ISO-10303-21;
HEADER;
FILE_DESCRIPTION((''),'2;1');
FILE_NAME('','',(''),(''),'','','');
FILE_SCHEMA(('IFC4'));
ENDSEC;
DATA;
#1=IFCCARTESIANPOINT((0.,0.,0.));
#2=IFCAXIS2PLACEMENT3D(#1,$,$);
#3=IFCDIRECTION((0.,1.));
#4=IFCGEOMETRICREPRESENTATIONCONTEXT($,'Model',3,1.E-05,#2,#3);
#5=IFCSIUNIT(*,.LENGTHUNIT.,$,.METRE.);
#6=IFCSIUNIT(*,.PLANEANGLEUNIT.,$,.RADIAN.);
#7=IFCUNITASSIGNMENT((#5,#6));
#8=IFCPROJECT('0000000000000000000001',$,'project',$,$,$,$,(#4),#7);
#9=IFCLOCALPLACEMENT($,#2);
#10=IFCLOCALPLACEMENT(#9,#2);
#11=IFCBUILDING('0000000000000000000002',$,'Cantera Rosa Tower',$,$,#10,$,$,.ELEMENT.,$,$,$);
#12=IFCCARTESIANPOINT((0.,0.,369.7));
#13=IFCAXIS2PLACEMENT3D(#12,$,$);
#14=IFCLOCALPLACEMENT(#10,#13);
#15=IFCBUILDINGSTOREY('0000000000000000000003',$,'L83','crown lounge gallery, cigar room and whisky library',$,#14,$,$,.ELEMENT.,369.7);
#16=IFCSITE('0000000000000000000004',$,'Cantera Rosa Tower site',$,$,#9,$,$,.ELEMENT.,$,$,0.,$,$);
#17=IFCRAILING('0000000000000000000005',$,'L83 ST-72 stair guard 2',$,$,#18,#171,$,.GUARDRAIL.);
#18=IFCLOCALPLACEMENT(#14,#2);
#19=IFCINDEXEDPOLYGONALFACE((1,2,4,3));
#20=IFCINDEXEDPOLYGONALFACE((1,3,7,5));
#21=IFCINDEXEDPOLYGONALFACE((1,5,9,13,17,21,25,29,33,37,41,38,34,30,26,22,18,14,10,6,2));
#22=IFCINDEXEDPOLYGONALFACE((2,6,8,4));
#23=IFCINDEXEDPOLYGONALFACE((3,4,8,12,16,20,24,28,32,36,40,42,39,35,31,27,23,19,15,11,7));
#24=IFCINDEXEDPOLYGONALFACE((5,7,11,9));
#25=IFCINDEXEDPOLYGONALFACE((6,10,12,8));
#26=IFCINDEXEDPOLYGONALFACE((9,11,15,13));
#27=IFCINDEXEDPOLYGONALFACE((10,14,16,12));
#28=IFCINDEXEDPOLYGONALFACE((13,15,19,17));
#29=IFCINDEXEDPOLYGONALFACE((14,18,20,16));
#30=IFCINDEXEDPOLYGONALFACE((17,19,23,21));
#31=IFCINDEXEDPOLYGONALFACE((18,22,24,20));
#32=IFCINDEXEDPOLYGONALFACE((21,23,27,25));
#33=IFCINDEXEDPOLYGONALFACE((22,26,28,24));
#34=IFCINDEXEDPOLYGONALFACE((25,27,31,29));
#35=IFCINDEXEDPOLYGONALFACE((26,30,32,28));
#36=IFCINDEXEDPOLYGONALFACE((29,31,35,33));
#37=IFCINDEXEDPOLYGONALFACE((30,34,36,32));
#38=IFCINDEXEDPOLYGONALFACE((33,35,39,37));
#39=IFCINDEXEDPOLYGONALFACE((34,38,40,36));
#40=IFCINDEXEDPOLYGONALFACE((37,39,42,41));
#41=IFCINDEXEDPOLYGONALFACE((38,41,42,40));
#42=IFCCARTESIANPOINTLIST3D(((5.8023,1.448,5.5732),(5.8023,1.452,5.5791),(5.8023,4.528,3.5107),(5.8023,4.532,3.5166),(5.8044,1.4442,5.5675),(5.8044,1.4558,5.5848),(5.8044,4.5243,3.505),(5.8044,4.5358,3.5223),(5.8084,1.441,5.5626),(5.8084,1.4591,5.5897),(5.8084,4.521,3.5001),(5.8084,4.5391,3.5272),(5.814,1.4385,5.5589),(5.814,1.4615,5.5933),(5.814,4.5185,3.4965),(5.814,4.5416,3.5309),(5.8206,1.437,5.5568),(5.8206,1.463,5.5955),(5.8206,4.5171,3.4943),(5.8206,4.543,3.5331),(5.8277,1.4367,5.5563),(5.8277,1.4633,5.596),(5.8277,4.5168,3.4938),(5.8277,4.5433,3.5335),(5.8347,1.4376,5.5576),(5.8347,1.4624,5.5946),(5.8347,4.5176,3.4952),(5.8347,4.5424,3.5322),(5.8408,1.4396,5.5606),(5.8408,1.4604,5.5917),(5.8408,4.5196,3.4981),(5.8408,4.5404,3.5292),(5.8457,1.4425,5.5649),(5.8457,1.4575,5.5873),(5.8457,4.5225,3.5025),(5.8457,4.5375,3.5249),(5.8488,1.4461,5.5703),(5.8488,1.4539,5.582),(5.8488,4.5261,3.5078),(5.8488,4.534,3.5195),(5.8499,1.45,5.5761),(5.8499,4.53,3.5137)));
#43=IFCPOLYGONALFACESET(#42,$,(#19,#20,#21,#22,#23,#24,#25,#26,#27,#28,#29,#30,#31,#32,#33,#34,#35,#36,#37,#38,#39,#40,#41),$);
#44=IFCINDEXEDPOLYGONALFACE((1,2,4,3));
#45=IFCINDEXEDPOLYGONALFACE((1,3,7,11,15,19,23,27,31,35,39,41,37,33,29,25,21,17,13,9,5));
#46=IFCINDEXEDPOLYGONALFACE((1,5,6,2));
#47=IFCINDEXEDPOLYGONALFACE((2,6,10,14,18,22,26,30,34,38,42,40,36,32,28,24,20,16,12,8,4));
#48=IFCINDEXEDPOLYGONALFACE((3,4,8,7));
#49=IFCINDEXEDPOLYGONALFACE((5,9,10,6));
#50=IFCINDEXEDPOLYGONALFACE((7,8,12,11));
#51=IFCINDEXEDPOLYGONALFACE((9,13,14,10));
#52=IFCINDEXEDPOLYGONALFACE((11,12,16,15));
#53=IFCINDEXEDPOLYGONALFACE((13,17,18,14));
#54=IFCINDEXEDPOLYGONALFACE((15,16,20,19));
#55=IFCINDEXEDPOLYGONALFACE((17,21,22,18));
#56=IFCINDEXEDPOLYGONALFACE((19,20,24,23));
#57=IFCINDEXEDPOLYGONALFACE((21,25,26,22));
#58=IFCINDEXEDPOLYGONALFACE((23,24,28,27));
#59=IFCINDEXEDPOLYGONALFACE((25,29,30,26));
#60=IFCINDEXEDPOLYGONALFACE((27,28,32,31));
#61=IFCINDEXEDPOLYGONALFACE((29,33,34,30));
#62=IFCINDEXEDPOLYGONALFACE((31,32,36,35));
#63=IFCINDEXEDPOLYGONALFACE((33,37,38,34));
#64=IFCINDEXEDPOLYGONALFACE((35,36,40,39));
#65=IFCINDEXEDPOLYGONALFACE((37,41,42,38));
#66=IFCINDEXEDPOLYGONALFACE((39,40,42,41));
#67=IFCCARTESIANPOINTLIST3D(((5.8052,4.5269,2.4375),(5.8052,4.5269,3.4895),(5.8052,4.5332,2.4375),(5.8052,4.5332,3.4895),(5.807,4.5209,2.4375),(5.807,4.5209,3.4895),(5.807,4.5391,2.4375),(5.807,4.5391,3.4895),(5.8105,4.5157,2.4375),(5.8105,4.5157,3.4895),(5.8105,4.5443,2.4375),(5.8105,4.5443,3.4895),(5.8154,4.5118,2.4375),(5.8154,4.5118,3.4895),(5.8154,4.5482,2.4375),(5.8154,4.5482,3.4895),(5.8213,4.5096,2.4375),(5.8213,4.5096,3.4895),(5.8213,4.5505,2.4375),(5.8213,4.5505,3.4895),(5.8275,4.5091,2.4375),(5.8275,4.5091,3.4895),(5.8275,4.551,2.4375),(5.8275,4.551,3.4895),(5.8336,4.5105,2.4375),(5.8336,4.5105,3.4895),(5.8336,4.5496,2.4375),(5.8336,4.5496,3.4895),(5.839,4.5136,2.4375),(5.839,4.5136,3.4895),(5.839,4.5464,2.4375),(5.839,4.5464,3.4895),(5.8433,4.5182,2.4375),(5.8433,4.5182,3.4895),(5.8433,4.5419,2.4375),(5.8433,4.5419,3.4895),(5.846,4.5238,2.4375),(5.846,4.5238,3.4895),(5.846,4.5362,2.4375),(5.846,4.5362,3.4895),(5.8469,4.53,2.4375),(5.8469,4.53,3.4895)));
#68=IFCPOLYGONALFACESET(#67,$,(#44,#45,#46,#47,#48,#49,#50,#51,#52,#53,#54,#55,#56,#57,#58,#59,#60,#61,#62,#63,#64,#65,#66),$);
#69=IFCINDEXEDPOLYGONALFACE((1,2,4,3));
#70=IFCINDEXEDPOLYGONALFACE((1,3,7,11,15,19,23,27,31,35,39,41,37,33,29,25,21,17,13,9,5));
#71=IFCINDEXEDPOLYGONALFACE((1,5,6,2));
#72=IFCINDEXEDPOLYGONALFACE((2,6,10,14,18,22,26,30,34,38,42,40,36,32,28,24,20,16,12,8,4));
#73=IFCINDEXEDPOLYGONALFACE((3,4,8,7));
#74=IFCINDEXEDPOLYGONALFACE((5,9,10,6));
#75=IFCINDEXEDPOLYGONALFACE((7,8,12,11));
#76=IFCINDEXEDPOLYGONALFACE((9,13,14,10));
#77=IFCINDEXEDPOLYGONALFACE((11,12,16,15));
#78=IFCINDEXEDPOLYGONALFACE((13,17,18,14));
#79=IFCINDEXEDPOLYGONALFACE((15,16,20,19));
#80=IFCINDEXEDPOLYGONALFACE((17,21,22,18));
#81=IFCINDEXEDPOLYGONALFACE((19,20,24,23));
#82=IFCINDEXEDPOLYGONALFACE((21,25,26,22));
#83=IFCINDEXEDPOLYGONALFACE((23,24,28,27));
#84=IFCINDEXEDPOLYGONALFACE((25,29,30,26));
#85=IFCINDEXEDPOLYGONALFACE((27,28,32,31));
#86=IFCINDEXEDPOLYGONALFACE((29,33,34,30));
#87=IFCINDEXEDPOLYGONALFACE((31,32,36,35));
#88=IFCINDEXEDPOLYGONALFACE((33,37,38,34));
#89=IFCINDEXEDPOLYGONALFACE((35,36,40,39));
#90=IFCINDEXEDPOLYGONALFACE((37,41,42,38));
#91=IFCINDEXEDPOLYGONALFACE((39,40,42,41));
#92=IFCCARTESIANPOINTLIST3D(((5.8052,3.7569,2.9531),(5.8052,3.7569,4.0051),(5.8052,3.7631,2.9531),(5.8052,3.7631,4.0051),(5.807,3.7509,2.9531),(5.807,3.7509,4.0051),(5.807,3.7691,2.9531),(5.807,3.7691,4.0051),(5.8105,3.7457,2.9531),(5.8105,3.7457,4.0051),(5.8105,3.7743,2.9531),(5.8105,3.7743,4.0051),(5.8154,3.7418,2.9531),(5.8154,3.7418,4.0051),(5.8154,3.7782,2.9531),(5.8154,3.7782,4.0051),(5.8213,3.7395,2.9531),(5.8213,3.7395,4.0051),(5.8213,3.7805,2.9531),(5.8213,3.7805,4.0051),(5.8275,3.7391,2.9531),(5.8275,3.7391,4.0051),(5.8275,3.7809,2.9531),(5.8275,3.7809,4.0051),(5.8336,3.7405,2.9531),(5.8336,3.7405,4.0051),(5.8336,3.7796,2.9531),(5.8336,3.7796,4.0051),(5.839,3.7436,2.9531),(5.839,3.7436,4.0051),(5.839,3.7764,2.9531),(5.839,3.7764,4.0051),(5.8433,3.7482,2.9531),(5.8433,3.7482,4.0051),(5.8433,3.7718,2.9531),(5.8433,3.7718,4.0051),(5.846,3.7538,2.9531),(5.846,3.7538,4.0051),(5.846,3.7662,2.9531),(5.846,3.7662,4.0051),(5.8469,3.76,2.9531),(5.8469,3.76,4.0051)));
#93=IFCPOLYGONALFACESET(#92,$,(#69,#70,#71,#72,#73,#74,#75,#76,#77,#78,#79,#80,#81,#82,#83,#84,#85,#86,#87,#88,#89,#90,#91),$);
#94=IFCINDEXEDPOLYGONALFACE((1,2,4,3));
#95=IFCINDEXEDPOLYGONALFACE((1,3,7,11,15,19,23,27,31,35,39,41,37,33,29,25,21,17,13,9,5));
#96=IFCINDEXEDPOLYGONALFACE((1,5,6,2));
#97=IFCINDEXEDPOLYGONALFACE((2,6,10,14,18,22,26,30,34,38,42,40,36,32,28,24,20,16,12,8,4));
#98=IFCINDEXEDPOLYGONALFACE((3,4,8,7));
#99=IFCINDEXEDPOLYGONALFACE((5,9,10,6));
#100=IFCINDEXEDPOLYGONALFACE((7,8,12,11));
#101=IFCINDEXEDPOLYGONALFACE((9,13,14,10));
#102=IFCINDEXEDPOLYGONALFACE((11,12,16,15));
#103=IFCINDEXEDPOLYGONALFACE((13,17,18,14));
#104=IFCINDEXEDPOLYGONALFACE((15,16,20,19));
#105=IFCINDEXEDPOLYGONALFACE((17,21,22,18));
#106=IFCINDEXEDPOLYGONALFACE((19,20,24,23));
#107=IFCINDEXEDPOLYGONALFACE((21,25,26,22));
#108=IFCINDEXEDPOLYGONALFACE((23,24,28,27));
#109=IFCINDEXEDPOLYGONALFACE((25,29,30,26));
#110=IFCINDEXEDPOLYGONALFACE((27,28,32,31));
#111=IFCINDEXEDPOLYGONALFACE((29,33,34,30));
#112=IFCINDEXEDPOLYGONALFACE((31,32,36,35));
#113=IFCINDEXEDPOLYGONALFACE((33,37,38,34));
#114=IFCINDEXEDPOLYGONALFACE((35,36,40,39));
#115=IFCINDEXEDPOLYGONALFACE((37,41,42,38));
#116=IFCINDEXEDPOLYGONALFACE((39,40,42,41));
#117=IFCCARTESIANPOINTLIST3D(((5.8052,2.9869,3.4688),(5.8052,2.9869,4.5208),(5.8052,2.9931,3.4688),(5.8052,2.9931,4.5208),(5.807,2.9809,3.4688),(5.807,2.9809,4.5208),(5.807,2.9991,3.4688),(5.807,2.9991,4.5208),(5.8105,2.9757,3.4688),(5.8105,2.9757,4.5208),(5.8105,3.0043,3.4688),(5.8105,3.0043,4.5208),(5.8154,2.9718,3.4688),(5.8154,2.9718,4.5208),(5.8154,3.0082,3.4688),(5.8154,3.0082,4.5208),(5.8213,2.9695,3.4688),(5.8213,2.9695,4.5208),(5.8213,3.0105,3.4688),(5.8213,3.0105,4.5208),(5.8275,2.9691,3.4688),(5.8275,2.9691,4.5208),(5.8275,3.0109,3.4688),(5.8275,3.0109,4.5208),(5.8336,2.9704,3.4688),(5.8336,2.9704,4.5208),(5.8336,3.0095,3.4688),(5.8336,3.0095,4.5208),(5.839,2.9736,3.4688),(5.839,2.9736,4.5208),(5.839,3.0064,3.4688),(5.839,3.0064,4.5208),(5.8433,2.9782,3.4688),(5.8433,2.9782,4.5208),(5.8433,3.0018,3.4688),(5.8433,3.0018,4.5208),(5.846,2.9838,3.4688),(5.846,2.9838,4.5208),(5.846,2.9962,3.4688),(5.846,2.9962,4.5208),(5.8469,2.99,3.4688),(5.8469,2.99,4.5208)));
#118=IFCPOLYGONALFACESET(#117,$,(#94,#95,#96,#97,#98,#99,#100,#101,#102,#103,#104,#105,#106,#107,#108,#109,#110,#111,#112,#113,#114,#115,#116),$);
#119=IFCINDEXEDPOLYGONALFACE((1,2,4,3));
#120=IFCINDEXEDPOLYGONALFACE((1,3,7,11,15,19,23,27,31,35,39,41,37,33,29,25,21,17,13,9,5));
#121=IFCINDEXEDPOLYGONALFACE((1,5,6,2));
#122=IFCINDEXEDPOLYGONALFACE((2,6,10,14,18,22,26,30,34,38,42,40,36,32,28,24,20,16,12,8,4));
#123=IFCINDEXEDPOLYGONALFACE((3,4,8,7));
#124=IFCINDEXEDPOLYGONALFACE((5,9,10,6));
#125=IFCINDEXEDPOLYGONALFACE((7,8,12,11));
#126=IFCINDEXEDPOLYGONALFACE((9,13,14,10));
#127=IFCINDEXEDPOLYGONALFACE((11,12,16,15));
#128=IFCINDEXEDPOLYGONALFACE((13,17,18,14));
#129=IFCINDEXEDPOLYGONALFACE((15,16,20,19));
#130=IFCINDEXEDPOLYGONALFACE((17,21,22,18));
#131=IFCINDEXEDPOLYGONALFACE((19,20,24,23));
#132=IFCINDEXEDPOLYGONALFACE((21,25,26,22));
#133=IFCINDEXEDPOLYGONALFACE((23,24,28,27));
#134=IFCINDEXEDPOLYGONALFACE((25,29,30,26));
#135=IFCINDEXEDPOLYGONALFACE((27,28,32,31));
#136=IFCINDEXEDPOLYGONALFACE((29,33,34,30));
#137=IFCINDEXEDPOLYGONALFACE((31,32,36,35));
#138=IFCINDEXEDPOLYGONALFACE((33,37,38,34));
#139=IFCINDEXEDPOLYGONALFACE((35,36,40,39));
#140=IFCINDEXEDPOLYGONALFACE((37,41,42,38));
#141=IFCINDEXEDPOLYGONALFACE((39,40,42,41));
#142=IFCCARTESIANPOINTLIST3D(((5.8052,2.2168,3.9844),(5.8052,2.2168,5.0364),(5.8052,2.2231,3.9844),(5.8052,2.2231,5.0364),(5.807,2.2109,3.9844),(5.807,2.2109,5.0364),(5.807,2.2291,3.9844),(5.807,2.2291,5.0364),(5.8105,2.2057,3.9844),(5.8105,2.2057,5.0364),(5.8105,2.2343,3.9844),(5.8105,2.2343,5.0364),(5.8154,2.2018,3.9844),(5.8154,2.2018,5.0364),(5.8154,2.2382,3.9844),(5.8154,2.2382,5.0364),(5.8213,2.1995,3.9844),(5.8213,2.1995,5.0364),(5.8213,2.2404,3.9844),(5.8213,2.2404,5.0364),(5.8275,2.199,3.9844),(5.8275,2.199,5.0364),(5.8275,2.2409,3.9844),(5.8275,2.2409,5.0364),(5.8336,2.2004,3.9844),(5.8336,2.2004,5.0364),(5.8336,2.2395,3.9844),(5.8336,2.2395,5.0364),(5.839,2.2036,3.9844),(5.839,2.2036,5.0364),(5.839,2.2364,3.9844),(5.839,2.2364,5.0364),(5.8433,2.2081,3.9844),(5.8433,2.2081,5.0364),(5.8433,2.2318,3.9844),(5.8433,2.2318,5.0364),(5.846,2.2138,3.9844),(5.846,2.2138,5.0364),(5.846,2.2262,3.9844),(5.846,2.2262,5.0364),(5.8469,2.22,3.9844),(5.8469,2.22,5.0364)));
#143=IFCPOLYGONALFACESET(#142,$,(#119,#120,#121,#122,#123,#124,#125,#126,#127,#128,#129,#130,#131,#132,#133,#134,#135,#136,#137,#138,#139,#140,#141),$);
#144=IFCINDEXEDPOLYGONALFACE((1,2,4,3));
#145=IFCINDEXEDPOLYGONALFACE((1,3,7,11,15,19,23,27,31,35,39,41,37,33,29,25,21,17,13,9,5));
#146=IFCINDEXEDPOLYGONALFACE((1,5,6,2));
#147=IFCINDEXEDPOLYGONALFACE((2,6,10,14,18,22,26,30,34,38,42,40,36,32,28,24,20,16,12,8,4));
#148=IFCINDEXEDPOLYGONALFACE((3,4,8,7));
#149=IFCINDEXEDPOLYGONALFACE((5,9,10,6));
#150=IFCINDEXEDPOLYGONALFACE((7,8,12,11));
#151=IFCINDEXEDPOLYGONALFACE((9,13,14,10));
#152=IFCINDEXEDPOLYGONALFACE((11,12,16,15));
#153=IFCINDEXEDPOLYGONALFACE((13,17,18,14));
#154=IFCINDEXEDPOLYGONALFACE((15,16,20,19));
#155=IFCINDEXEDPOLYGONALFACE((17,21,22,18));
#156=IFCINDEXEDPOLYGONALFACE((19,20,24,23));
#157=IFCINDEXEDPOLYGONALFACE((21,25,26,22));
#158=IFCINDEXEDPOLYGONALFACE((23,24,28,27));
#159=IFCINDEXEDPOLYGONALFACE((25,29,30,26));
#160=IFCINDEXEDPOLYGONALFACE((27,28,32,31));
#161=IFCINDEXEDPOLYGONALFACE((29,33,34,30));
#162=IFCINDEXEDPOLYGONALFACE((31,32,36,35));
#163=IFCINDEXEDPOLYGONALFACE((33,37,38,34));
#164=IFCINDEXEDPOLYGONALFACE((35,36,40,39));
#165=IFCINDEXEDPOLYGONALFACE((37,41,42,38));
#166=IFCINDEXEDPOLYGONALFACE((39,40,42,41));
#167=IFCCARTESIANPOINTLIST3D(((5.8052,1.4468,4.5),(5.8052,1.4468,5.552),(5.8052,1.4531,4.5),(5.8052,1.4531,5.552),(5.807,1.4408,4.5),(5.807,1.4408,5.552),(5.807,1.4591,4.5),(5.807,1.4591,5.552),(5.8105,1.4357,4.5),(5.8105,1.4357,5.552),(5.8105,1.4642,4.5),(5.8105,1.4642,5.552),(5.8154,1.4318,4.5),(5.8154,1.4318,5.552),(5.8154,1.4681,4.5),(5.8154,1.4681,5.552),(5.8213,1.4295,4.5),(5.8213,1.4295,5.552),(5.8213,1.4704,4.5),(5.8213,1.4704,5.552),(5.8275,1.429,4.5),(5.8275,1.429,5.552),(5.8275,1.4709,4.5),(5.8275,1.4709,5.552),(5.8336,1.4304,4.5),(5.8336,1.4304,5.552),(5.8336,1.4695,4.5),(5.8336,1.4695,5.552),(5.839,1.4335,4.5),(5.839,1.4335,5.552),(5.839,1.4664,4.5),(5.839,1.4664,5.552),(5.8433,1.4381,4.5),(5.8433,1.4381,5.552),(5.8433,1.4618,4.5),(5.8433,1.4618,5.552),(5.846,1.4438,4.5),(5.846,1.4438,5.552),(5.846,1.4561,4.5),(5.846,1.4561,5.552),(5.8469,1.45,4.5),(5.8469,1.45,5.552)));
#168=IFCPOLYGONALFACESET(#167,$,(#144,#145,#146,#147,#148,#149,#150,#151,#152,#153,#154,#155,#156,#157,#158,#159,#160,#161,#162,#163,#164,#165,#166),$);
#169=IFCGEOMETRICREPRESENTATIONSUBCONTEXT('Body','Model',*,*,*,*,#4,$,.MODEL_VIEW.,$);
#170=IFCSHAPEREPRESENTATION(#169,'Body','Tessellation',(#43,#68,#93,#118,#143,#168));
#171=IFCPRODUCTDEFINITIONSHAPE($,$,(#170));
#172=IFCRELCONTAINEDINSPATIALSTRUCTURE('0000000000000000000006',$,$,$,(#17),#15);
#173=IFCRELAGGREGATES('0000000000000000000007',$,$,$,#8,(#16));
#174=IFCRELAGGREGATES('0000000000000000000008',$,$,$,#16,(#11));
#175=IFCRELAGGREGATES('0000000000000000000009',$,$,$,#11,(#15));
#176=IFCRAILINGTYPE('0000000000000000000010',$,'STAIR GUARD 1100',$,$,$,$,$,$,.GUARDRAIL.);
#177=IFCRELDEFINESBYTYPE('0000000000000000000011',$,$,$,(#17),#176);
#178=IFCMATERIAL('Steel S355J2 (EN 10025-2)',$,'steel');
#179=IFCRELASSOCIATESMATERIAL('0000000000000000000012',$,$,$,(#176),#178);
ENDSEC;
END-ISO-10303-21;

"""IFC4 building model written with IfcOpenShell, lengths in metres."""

from ifc_helpers import new_model, si_unit, direction, frame, origin, origin_2d, place, context, subcontext, project, spatial, circle, extrude, material, type_object, element, save


model = new_model("IFC4")

# Units and contexts
model_context = context("Model", 3, precision=1e-05, world=origin(), true_north=direction((0.0, 1.0)))
body_context = subcontext(model_context, "Body", "Model", "MODEL_VIEW")
ifc_project = project(units=[si_unit("LENGTHUNIT", "METRE"), si_unit("PLANEANGLEUNIT", "RADIAN")], contexts=[model_context])

# Site, building, storey
site_placement = place(None, origin())
site = spatial("IfcSite", under=ifc_project, at=site_placement, Name="Cantera Rosa Tower site", CompositionType="ELEMENT", RefElevation=0.0)
building_placement = place(site_placement, origin())
building = spatial("IfcBuilding", under=site, at=building_placement, Name="Cantera Rosa Tower", CompositionType="ELEMENT")
storey_placement = place(building_placement, frame((0.0, 0.0, 369.7)))
storey = spatial("IfcBuildingStorey", under=building, at=storey_placement, Name="L83", Description="crown lounge gallery, cigar room and whisky library", CompositionType="ELEMENT", Elevation=369.7)

# Railing
ifc_material_1 = material(Name="Steel S355J2 (EN 10025-2)", Category="steel")
railing_type_1 = type_object("IfcRailingType", Name="STAIR GUARD 1100", PredefinedType="GUARDRAIL", material=ifc_material_1)
railing_1_placement = place(storey_placement, frame((5.8259, 4.53, 2.4375)))
element("IfcRailing", 1, at=railing_1_placement, inside=storey, type_object=railing_type_1, Name="L83 ST-72 stair guard 2", PredefinedType="GUARDRAIL", context=body_context, shape_type="SweptSolid", body=[
    extrude(circle(Radius=0.0239, at=origin_2d()), frame((0.0, 0.0, 1.0762), z_axis=(0.0, -0.830914, 0.556401), x_axis=(1.0, 0.0, 0.0)), (0.0, 0.0, 1.0), 3.7068),
    extrude(circle(Radius=0.021, at=origin_2d()), origin(), (0.0, 0.0, 1.0), 1.052),
    extrude(circle(Radius=0.021, at=origin_2d()), frame((0.0, -0.77, 0.5156)), (0.0, 0.0, 1.0), 1.052),
    extrude(circle(Radius=0.021, at=origin_2d()), frame((0.0, -1.54, 1.0312)), (0.0, 0.0, 1.0), 1.052),
    extrude(circle(Radius=0.021, at=origin_2d()), frame((0.0, -2.3101, 1.5469)), (0.0, 0.0, 1.0), 1.052),
    extrude(circle(Radius=0.021, at=origin_2d()), frame((0.0, -3.0801, 2.0625)), (0.0, 0.0, 1.0), 1.052),
])

save(model, "model.ifc")
